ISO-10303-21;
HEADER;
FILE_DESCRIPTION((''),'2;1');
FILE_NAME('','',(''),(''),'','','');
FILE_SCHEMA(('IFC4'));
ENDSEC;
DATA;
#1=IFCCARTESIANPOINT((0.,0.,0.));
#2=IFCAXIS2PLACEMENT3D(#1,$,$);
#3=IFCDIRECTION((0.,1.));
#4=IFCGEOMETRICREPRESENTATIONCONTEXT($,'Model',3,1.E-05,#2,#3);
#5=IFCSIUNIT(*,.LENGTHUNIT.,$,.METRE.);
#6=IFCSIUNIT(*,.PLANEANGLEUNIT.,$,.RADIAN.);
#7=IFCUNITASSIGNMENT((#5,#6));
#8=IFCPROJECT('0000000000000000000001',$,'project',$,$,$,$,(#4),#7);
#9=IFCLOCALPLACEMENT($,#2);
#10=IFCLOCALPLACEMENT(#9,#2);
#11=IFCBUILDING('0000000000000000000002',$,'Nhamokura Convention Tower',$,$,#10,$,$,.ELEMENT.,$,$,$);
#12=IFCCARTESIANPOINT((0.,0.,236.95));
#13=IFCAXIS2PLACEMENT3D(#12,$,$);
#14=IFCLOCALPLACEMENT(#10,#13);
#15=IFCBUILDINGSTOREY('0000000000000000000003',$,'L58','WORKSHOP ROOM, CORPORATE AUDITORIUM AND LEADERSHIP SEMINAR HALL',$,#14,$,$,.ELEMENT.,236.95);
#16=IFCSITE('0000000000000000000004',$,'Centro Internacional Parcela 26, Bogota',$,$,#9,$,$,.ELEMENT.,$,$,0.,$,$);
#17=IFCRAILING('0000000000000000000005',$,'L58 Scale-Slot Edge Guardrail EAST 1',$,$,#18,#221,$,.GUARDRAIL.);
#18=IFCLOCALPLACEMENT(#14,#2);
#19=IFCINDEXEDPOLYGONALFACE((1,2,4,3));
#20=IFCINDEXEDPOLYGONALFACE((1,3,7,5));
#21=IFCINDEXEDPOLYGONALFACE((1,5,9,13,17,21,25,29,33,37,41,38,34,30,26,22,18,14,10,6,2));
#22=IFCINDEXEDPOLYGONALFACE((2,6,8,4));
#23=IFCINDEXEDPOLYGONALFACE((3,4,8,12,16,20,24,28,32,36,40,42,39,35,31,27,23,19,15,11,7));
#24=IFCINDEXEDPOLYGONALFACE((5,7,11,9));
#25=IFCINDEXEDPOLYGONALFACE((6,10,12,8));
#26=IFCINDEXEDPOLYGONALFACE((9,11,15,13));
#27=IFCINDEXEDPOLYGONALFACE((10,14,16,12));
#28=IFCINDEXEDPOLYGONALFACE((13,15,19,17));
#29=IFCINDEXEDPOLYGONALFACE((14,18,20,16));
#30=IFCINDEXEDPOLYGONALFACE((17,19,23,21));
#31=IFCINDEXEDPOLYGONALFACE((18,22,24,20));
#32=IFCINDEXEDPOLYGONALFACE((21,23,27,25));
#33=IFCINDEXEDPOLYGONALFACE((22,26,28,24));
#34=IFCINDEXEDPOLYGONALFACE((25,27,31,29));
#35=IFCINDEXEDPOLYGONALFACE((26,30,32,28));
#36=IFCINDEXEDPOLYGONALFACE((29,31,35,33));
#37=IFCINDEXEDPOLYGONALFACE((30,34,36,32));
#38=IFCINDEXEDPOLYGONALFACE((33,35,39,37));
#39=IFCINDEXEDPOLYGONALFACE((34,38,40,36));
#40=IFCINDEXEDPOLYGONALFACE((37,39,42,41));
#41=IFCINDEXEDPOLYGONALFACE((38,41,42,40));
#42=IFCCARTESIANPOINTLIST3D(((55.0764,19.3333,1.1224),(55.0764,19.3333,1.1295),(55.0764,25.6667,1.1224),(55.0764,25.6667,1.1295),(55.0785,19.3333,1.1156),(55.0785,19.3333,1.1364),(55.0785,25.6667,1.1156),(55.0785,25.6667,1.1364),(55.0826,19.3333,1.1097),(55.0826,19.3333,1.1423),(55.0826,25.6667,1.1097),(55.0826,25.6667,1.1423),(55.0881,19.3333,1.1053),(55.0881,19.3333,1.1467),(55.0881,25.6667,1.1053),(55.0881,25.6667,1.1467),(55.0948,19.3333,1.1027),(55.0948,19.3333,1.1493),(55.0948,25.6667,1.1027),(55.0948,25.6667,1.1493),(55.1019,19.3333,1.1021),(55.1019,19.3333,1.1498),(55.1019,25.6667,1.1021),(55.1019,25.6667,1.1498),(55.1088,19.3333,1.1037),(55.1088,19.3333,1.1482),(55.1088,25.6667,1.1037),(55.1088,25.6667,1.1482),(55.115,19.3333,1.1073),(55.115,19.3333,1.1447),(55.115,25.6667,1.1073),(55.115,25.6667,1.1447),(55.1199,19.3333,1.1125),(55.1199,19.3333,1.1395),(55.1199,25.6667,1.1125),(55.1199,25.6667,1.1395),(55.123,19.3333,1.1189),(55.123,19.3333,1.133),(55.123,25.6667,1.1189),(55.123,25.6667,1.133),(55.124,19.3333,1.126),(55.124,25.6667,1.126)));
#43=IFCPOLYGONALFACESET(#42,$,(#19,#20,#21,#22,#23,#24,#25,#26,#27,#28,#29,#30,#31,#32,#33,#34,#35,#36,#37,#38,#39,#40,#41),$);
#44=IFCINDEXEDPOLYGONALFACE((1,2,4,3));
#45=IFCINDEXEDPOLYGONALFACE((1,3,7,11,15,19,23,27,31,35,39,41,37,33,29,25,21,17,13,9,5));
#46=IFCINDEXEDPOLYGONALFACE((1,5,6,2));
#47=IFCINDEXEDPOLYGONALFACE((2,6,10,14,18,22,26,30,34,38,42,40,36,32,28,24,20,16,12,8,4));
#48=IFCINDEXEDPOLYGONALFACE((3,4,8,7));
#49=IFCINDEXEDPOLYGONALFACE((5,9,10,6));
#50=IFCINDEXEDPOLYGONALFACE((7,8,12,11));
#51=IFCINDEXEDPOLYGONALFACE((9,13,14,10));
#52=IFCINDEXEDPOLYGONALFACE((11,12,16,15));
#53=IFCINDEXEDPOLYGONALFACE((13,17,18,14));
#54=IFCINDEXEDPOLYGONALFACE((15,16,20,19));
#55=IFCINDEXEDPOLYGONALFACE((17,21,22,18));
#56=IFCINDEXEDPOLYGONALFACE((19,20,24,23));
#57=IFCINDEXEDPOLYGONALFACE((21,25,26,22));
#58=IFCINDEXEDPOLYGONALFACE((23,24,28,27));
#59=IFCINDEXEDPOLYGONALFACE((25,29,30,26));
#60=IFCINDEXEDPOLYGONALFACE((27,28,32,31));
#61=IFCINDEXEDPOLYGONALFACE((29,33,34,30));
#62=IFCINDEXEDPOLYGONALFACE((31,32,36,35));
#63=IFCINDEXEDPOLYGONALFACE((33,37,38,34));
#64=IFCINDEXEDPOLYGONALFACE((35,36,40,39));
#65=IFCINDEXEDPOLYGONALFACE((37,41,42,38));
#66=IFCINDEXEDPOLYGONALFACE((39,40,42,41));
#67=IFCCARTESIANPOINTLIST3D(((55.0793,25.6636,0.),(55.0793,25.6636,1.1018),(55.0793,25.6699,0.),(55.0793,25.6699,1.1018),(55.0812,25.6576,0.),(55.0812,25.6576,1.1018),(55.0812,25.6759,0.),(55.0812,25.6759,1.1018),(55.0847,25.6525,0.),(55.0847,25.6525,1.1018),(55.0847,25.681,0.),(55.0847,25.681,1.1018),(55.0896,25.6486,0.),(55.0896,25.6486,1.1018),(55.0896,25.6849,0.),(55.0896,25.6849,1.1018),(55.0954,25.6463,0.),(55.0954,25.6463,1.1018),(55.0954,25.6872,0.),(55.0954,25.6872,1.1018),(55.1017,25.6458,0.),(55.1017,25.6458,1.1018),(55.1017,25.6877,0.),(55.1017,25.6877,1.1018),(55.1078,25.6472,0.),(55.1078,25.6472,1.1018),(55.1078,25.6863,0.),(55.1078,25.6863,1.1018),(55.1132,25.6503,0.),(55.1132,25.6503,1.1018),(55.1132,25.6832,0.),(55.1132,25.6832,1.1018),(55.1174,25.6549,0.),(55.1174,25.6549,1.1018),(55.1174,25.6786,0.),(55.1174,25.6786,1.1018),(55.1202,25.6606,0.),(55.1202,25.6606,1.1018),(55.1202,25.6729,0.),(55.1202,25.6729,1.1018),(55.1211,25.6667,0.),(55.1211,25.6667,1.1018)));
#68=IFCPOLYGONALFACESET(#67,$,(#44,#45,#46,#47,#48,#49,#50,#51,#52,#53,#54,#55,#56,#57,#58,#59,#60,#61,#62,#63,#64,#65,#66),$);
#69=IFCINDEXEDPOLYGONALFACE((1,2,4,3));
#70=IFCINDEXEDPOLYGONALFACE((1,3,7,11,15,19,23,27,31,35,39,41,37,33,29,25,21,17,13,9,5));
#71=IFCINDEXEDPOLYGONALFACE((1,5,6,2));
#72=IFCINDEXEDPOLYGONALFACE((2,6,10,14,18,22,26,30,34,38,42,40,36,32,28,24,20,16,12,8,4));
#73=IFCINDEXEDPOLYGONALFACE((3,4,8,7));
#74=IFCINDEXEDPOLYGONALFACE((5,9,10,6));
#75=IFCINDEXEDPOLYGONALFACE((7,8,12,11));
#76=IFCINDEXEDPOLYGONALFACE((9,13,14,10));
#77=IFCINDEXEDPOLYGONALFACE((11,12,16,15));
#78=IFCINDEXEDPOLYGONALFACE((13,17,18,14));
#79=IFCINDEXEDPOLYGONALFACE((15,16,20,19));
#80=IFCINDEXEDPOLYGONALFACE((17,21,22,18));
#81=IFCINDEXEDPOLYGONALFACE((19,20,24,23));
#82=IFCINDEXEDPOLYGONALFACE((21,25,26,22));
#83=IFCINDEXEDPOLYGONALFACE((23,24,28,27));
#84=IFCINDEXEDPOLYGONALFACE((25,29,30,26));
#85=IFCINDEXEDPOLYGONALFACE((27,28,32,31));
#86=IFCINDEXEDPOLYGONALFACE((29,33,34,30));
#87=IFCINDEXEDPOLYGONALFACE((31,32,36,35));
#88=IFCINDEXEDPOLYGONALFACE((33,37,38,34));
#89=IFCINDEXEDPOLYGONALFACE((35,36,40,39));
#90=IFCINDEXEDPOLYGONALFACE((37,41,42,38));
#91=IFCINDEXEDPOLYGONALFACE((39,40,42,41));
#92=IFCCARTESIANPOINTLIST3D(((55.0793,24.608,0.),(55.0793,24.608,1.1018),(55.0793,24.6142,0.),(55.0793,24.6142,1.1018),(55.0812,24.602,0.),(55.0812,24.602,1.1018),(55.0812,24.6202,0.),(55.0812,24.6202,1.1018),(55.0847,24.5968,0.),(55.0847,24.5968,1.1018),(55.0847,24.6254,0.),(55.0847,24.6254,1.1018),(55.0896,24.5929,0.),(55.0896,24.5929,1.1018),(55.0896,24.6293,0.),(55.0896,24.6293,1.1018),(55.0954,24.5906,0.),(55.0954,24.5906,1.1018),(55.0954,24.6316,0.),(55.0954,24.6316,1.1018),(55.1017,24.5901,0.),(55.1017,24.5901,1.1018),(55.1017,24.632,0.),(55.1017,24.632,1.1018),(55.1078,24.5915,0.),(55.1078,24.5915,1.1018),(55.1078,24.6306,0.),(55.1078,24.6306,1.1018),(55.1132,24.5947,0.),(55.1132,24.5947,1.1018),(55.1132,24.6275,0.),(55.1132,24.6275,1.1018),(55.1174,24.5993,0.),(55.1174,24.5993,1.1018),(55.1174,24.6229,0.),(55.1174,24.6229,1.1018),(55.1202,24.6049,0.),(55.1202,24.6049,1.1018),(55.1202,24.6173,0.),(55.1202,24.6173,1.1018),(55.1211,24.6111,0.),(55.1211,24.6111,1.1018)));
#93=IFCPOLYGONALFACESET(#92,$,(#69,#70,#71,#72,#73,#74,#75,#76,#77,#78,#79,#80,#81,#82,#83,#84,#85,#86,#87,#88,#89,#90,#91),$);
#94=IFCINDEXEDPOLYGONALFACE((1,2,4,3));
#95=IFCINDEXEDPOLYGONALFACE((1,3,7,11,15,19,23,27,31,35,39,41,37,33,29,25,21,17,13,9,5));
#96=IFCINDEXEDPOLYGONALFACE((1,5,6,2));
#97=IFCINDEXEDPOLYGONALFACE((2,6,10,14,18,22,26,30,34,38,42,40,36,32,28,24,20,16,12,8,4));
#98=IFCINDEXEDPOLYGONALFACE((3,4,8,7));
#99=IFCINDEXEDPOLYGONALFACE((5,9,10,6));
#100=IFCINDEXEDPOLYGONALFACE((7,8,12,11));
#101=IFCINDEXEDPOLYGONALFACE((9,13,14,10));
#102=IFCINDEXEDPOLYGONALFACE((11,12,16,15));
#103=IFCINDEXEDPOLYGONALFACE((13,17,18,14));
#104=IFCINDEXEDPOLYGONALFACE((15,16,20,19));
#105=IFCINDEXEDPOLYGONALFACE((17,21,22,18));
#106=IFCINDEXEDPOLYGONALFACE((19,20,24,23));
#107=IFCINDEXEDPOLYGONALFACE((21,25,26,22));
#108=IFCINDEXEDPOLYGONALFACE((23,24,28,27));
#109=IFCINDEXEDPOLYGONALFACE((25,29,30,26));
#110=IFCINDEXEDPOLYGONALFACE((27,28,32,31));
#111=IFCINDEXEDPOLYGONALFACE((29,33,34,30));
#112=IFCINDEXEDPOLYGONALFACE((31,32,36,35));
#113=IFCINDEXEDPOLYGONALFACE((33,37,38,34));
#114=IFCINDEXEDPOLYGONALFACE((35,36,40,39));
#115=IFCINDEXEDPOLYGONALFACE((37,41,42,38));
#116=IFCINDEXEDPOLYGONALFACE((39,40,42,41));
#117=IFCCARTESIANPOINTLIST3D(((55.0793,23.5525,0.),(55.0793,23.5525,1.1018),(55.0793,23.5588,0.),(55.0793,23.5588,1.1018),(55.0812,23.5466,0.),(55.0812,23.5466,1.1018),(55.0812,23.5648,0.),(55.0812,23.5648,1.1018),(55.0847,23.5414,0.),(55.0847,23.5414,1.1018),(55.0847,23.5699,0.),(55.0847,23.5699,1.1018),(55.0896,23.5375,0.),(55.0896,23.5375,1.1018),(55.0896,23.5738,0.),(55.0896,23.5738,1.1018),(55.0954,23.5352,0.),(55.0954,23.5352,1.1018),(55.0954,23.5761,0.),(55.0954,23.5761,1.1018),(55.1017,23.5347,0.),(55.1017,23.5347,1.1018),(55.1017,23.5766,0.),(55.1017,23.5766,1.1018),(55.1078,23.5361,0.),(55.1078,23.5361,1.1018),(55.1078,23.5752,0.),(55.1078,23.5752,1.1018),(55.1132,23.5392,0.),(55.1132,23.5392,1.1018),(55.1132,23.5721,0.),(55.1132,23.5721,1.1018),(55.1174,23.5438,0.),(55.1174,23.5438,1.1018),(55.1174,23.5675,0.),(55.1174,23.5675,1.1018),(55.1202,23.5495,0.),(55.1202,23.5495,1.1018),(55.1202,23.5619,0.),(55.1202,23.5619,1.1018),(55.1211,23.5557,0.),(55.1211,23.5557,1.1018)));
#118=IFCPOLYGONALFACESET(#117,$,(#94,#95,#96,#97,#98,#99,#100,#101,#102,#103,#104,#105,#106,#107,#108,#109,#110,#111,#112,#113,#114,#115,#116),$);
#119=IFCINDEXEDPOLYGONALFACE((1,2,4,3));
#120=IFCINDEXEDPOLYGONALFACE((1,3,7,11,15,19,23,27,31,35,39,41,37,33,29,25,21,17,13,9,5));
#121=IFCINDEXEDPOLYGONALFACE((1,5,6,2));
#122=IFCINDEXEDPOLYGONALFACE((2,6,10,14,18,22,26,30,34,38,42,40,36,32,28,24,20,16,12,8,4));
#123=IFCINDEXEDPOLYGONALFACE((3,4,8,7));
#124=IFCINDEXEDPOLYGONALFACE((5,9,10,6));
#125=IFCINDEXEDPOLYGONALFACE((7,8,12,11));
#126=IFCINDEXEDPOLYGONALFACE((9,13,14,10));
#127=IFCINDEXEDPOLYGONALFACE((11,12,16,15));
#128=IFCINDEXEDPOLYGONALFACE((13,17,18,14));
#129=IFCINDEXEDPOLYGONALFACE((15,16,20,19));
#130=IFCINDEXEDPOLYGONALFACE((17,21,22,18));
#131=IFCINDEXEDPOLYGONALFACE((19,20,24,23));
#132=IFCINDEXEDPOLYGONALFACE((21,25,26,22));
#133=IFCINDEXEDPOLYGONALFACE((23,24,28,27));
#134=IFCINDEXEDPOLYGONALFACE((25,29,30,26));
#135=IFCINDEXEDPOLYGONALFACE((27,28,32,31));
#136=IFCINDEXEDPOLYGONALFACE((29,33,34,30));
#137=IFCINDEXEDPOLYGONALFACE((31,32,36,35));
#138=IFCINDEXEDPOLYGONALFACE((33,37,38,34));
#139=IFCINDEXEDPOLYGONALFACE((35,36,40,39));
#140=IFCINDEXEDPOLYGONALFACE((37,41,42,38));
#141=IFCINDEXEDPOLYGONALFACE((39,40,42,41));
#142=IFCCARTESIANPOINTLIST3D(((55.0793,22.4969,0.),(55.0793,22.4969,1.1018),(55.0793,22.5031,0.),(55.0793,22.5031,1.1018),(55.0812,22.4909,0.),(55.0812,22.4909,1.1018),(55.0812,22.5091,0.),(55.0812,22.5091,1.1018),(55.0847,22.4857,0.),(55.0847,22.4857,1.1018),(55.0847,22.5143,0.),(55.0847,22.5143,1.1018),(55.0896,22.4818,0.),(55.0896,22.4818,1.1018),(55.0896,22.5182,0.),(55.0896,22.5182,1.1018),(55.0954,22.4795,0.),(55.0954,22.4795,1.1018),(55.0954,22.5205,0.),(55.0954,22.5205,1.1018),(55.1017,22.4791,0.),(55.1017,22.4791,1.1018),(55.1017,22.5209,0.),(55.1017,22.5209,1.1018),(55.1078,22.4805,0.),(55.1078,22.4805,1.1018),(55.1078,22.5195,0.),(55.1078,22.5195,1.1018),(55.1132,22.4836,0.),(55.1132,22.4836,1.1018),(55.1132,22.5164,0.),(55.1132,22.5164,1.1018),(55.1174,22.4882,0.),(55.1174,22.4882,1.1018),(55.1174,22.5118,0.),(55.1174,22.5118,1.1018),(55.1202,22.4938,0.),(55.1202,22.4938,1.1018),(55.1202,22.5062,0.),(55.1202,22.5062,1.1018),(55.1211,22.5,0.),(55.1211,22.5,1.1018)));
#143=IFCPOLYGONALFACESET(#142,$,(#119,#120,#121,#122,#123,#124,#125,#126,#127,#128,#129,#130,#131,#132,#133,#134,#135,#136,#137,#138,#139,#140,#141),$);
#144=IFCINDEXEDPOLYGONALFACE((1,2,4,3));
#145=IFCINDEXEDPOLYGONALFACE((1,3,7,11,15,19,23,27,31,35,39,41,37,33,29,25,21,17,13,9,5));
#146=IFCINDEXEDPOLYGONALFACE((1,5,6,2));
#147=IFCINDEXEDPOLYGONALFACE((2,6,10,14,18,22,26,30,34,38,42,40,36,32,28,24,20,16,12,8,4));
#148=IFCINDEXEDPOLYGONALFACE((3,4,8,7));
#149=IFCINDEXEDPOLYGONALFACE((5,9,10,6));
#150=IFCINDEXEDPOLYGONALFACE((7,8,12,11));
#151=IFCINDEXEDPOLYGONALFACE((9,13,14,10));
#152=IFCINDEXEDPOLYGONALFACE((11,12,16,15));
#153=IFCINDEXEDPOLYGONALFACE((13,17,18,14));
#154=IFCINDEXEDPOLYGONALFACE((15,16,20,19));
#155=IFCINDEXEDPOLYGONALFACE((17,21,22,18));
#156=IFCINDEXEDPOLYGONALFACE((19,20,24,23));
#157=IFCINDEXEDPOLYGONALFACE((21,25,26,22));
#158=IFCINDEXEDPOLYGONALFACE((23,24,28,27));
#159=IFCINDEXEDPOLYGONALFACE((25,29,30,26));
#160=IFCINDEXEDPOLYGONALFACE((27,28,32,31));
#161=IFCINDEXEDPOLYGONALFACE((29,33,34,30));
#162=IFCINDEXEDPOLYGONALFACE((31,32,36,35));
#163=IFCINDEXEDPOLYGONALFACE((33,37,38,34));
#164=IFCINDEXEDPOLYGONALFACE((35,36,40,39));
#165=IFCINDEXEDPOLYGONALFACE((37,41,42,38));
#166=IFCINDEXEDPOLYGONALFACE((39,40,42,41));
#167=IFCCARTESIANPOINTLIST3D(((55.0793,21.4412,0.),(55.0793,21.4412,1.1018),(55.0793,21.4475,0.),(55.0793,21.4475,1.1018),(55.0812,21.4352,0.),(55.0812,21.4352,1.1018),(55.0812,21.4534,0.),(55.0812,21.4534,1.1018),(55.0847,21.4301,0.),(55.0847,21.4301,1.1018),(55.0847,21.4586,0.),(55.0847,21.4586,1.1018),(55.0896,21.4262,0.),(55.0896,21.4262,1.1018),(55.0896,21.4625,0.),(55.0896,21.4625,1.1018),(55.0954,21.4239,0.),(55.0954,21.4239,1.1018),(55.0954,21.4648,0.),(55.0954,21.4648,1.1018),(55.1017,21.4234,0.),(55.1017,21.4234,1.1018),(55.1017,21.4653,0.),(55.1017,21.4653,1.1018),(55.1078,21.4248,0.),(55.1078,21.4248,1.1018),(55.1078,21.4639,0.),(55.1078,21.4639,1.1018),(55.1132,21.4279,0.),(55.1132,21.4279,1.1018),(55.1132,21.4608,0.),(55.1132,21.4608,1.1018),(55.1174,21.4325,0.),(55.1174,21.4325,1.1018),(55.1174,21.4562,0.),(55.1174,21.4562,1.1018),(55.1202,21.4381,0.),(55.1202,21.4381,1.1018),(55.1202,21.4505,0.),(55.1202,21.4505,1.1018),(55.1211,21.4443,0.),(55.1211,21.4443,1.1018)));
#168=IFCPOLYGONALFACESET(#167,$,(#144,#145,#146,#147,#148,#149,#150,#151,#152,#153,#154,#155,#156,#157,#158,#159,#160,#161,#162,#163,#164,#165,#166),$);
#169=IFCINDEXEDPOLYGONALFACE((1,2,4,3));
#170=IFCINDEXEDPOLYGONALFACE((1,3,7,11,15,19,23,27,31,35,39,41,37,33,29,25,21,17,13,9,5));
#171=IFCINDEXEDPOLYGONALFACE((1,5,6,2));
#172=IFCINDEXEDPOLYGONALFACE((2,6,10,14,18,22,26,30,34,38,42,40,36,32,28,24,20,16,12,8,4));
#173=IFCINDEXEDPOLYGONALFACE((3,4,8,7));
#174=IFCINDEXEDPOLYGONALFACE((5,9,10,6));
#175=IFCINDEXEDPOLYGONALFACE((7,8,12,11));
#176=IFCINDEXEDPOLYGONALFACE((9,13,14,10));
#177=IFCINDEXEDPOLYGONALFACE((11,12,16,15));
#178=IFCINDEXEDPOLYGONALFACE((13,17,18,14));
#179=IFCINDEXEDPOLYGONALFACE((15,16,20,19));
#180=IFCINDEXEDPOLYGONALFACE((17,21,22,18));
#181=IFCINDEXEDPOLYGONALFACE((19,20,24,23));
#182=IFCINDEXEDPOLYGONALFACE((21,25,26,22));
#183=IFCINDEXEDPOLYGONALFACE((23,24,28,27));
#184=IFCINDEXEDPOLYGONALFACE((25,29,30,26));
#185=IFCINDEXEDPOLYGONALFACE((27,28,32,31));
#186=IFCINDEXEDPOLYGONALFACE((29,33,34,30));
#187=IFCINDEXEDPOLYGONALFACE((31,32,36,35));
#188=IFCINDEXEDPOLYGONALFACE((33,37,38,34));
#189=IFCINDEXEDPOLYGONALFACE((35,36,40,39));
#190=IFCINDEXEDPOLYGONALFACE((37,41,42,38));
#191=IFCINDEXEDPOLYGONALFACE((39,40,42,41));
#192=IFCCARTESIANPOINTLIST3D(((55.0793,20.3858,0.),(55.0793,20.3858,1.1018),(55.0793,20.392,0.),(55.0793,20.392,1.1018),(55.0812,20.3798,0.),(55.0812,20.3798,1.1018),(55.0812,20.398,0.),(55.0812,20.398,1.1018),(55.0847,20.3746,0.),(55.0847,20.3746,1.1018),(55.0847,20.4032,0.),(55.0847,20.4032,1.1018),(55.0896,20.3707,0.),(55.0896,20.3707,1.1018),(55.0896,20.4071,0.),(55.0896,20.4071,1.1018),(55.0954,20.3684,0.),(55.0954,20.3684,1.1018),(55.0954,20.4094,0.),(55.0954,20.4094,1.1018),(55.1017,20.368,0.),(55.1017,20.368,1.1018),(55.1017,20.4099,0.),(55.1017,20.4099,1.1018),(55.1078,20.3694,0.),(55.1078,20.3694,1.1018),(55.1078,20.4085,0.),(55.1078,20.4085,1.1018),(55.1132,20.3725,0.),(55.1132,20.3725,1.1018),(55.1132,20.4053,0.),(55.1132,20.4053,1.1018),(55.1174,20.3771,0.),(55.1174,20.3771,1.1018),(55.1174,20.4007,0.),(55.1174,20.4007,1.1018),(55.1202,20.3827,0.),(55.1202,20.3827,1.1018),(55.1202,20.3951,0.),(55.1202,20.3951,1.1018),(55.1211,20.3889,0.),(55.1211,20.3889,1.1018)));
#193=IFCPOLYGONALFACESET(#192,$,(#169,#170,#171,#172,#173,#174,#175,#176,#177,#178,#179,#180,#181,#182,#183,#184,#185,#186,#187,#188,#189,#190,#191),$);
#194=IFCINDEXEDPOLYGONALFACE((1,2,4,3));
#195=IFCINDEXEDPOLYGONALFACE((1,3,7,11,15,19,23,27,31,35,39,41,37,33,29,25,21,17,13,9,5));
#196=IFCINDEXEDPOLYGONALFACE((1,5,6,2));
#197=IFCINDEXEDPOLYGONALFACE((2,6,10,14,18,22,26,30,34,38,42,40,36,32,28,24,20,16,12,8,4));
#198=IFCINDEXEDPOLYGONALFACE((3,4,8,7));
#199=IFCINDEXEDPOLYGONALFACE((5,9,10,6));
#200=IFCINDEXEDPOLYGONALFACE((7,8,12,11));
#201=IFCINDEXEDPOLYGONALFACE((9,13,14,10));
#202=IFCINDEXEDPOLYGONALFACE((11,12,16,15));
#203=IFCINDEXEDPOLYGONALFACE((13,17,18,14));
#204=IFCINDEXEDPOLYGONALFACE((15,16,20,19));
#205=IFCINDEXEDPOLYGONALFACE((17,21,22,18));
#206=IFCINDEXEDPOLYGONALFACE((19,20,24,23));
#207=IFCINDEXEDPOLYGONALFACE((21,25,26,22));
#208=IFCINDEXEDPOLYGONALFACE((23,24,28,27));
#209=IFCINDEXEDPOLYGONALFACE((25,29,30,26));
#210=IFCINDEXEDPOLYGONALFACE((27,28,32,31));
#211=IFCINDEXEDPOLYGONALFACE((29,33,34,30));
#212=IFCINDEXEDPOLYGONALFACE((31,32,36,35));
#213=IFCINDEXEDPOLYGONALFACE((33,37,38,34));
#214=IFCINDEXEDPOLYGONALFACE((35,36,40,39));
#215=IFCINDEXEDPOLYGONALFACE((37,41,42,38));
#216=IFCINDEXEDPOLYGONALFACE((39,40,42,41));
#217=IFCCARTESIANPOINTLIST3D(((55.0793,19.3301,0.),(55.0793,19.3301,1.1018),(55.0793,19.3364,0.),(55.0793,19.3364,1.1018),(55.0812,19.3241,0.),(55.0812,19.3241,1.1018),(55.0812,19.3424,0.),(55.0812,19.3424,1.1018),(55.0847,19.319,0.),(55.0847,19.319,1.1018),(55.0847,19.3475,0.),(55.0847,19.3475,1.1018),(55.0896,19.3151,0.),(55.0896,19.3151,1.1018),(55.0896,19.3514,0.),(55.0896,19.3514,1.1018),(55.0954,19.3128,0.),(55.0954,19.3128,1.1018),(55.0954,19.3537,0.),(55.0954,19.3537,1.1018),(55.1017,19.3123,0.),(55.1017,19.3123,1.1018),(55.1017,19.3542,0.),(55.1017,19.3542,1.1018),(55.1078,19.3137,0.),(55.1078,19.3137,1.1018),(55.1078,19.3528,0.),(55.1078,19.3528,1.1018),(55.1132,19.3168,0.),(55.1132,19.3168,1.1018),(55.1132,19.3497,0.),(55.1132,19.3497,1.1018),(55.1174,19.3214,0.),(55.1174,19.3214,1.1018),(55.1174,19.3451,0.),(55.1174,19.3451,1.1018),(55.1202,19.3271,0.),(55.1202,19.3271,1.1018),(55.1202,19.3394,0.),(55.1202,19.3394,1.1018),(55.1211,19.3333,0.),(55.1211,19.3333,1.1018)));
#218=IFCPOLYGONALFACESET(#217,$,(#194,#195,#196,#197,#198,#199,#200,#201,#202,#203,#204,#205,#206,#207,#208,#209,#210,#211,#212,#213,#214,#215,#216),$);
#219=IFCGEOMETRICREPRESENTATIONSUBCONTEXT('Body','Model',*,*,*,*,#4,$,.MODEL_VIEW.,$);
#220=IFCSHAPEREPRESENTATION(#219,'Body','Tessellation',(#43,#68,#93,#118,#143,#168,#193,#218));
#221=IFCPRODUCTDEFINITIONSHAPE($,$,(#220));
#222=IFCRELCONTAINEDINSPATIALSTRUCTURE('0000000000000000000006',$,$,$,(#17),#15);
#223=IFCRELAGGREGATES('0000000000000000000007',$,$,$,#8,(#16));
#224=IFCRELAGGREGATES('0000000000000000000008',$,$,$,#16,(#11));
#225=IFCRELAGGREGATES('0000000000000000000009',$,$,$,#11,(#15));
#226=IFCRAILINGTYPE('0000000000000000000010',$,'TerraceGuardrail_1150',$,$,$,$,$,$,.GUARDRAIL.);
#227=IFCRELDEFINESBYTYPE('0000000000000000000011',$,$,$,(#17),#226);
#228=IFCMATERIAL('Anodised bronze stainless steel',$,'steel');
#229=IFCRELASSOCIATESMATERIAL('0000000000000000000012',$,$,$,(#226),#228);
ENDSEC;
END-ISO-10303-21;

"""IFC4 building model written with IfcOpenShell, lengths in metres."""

from ifc_helpers import new_model, si_unit, direction, frame, origin, origin_2d, place, context, subcontext, project, spatial, circle, extrude, material, type_object, element, save


model = new_model("IFC4")

# Units and contexts
model_context = context("Model", 3, precision=1e-05, world=origin(), true_north=direction((0.0, 1.0)))
body_context = subcontext(model_context, "Body", "Model", "MODEL_VIEW")
ifc_project = project(units=[si_unit("LENGTHUNIT", "METRE"), si_unit("PLANEANGLEUNIT", "RADIAN")], contexts=[model_context])

# Site, building, storey
site_placement = place(None, origin())
site = spatial("IfcSite", under=ifc_project, at=site_placement, Name="Centro Internacional Parcela 26, Bogota", CompositionType="ELEMENT", RefElevation=0.0)
building_placement = place(site_placement, origin())
building = spatial("IfcBuilding", under=site, at=building_placement, Name="Nhamokura Convention Tower", CompositionType="ELEMENT")
storey_placement = place(building_placement, frame((0.0, 0.0, 236.95)))
storey = spatial("IfcBuildingStorey", under=building, at=storey_placement, Name="L58", Description="WORKSHOP ROOM, CORPORATE AUDITORIUM AND LEADERSHIP SEMINAR HALL", CompositionType="ELEMENT", Elevation=236.95)

# Railing
ifc_material_1 = material(Name="Anodised bronze stainless steel", Category="steel")
railing_type_1 = type_object("IfcRailingType", Name="TerraceGuardrail_1150", PredefinedType="GUARDRAIL", material=ifc_material_1)
railing_1_placement = place(storey_placement, frame((55.1001, 25.6667, 0.0)))
element("IfcRailing", 1, at=railing_1_placement, inside=storey, type_object=railing_type_1, Name="L58 Scale-Slot Edge Guardrail EAST 1", PredefinedType="GUARDRAIL", context=body_context, shape_type="SweptSolid", body=[
    extrude(circle(Radius=0.0239, at=origin_2d()), frame((0.0, 0.0, 1.126), z_axis=(0.0, -1.0, 0.0), x_axis=(1.0, 0.0, 0.0)), (0.0, 0.0, 1.0), 6.3335),
    extrude(circle(Radius=0.021, at=origin_2d()), origin(), (0.0, 0.0, 1.0), 1.1018),
    extrude(circle(Radius=0.021, at=origin_2d()), frame((0.0, -1.0557, 0.0)), (0.0, 0.0, 1.0), 1.1018),
    extrude(circle(Radius=0.021, at=origin_2d()), frame((0.0, -2.1111, 0.0)), (0.0, 0.0, 1.0), 1.1018),
    extrude(circle(Radius=0.021, at=origin_2d()), frame((0.0, -3.1667, 0.0)), (0.0, 0.0, 1.0), 1.1018),
    extrude(circle(Radius=0.021, at=origin_2d()), frame((0.0, -4.2224, 0.0)), (0.0, 0.0, 1.0), 1.1018),
    extrude(circle(Radius=0.021, at=origin_2d()), frame((0.0, -5.2778, 0.0)), (0.0, 0.0, 1.0), 1.1018),
    extrude(circle(Radius=0.021, at=origin_2d()), frame((0.0, -6.3335, 0.0)), (0.0, 0.0, 1.0), 1.1018),
])

save(model, "model.ifc")
